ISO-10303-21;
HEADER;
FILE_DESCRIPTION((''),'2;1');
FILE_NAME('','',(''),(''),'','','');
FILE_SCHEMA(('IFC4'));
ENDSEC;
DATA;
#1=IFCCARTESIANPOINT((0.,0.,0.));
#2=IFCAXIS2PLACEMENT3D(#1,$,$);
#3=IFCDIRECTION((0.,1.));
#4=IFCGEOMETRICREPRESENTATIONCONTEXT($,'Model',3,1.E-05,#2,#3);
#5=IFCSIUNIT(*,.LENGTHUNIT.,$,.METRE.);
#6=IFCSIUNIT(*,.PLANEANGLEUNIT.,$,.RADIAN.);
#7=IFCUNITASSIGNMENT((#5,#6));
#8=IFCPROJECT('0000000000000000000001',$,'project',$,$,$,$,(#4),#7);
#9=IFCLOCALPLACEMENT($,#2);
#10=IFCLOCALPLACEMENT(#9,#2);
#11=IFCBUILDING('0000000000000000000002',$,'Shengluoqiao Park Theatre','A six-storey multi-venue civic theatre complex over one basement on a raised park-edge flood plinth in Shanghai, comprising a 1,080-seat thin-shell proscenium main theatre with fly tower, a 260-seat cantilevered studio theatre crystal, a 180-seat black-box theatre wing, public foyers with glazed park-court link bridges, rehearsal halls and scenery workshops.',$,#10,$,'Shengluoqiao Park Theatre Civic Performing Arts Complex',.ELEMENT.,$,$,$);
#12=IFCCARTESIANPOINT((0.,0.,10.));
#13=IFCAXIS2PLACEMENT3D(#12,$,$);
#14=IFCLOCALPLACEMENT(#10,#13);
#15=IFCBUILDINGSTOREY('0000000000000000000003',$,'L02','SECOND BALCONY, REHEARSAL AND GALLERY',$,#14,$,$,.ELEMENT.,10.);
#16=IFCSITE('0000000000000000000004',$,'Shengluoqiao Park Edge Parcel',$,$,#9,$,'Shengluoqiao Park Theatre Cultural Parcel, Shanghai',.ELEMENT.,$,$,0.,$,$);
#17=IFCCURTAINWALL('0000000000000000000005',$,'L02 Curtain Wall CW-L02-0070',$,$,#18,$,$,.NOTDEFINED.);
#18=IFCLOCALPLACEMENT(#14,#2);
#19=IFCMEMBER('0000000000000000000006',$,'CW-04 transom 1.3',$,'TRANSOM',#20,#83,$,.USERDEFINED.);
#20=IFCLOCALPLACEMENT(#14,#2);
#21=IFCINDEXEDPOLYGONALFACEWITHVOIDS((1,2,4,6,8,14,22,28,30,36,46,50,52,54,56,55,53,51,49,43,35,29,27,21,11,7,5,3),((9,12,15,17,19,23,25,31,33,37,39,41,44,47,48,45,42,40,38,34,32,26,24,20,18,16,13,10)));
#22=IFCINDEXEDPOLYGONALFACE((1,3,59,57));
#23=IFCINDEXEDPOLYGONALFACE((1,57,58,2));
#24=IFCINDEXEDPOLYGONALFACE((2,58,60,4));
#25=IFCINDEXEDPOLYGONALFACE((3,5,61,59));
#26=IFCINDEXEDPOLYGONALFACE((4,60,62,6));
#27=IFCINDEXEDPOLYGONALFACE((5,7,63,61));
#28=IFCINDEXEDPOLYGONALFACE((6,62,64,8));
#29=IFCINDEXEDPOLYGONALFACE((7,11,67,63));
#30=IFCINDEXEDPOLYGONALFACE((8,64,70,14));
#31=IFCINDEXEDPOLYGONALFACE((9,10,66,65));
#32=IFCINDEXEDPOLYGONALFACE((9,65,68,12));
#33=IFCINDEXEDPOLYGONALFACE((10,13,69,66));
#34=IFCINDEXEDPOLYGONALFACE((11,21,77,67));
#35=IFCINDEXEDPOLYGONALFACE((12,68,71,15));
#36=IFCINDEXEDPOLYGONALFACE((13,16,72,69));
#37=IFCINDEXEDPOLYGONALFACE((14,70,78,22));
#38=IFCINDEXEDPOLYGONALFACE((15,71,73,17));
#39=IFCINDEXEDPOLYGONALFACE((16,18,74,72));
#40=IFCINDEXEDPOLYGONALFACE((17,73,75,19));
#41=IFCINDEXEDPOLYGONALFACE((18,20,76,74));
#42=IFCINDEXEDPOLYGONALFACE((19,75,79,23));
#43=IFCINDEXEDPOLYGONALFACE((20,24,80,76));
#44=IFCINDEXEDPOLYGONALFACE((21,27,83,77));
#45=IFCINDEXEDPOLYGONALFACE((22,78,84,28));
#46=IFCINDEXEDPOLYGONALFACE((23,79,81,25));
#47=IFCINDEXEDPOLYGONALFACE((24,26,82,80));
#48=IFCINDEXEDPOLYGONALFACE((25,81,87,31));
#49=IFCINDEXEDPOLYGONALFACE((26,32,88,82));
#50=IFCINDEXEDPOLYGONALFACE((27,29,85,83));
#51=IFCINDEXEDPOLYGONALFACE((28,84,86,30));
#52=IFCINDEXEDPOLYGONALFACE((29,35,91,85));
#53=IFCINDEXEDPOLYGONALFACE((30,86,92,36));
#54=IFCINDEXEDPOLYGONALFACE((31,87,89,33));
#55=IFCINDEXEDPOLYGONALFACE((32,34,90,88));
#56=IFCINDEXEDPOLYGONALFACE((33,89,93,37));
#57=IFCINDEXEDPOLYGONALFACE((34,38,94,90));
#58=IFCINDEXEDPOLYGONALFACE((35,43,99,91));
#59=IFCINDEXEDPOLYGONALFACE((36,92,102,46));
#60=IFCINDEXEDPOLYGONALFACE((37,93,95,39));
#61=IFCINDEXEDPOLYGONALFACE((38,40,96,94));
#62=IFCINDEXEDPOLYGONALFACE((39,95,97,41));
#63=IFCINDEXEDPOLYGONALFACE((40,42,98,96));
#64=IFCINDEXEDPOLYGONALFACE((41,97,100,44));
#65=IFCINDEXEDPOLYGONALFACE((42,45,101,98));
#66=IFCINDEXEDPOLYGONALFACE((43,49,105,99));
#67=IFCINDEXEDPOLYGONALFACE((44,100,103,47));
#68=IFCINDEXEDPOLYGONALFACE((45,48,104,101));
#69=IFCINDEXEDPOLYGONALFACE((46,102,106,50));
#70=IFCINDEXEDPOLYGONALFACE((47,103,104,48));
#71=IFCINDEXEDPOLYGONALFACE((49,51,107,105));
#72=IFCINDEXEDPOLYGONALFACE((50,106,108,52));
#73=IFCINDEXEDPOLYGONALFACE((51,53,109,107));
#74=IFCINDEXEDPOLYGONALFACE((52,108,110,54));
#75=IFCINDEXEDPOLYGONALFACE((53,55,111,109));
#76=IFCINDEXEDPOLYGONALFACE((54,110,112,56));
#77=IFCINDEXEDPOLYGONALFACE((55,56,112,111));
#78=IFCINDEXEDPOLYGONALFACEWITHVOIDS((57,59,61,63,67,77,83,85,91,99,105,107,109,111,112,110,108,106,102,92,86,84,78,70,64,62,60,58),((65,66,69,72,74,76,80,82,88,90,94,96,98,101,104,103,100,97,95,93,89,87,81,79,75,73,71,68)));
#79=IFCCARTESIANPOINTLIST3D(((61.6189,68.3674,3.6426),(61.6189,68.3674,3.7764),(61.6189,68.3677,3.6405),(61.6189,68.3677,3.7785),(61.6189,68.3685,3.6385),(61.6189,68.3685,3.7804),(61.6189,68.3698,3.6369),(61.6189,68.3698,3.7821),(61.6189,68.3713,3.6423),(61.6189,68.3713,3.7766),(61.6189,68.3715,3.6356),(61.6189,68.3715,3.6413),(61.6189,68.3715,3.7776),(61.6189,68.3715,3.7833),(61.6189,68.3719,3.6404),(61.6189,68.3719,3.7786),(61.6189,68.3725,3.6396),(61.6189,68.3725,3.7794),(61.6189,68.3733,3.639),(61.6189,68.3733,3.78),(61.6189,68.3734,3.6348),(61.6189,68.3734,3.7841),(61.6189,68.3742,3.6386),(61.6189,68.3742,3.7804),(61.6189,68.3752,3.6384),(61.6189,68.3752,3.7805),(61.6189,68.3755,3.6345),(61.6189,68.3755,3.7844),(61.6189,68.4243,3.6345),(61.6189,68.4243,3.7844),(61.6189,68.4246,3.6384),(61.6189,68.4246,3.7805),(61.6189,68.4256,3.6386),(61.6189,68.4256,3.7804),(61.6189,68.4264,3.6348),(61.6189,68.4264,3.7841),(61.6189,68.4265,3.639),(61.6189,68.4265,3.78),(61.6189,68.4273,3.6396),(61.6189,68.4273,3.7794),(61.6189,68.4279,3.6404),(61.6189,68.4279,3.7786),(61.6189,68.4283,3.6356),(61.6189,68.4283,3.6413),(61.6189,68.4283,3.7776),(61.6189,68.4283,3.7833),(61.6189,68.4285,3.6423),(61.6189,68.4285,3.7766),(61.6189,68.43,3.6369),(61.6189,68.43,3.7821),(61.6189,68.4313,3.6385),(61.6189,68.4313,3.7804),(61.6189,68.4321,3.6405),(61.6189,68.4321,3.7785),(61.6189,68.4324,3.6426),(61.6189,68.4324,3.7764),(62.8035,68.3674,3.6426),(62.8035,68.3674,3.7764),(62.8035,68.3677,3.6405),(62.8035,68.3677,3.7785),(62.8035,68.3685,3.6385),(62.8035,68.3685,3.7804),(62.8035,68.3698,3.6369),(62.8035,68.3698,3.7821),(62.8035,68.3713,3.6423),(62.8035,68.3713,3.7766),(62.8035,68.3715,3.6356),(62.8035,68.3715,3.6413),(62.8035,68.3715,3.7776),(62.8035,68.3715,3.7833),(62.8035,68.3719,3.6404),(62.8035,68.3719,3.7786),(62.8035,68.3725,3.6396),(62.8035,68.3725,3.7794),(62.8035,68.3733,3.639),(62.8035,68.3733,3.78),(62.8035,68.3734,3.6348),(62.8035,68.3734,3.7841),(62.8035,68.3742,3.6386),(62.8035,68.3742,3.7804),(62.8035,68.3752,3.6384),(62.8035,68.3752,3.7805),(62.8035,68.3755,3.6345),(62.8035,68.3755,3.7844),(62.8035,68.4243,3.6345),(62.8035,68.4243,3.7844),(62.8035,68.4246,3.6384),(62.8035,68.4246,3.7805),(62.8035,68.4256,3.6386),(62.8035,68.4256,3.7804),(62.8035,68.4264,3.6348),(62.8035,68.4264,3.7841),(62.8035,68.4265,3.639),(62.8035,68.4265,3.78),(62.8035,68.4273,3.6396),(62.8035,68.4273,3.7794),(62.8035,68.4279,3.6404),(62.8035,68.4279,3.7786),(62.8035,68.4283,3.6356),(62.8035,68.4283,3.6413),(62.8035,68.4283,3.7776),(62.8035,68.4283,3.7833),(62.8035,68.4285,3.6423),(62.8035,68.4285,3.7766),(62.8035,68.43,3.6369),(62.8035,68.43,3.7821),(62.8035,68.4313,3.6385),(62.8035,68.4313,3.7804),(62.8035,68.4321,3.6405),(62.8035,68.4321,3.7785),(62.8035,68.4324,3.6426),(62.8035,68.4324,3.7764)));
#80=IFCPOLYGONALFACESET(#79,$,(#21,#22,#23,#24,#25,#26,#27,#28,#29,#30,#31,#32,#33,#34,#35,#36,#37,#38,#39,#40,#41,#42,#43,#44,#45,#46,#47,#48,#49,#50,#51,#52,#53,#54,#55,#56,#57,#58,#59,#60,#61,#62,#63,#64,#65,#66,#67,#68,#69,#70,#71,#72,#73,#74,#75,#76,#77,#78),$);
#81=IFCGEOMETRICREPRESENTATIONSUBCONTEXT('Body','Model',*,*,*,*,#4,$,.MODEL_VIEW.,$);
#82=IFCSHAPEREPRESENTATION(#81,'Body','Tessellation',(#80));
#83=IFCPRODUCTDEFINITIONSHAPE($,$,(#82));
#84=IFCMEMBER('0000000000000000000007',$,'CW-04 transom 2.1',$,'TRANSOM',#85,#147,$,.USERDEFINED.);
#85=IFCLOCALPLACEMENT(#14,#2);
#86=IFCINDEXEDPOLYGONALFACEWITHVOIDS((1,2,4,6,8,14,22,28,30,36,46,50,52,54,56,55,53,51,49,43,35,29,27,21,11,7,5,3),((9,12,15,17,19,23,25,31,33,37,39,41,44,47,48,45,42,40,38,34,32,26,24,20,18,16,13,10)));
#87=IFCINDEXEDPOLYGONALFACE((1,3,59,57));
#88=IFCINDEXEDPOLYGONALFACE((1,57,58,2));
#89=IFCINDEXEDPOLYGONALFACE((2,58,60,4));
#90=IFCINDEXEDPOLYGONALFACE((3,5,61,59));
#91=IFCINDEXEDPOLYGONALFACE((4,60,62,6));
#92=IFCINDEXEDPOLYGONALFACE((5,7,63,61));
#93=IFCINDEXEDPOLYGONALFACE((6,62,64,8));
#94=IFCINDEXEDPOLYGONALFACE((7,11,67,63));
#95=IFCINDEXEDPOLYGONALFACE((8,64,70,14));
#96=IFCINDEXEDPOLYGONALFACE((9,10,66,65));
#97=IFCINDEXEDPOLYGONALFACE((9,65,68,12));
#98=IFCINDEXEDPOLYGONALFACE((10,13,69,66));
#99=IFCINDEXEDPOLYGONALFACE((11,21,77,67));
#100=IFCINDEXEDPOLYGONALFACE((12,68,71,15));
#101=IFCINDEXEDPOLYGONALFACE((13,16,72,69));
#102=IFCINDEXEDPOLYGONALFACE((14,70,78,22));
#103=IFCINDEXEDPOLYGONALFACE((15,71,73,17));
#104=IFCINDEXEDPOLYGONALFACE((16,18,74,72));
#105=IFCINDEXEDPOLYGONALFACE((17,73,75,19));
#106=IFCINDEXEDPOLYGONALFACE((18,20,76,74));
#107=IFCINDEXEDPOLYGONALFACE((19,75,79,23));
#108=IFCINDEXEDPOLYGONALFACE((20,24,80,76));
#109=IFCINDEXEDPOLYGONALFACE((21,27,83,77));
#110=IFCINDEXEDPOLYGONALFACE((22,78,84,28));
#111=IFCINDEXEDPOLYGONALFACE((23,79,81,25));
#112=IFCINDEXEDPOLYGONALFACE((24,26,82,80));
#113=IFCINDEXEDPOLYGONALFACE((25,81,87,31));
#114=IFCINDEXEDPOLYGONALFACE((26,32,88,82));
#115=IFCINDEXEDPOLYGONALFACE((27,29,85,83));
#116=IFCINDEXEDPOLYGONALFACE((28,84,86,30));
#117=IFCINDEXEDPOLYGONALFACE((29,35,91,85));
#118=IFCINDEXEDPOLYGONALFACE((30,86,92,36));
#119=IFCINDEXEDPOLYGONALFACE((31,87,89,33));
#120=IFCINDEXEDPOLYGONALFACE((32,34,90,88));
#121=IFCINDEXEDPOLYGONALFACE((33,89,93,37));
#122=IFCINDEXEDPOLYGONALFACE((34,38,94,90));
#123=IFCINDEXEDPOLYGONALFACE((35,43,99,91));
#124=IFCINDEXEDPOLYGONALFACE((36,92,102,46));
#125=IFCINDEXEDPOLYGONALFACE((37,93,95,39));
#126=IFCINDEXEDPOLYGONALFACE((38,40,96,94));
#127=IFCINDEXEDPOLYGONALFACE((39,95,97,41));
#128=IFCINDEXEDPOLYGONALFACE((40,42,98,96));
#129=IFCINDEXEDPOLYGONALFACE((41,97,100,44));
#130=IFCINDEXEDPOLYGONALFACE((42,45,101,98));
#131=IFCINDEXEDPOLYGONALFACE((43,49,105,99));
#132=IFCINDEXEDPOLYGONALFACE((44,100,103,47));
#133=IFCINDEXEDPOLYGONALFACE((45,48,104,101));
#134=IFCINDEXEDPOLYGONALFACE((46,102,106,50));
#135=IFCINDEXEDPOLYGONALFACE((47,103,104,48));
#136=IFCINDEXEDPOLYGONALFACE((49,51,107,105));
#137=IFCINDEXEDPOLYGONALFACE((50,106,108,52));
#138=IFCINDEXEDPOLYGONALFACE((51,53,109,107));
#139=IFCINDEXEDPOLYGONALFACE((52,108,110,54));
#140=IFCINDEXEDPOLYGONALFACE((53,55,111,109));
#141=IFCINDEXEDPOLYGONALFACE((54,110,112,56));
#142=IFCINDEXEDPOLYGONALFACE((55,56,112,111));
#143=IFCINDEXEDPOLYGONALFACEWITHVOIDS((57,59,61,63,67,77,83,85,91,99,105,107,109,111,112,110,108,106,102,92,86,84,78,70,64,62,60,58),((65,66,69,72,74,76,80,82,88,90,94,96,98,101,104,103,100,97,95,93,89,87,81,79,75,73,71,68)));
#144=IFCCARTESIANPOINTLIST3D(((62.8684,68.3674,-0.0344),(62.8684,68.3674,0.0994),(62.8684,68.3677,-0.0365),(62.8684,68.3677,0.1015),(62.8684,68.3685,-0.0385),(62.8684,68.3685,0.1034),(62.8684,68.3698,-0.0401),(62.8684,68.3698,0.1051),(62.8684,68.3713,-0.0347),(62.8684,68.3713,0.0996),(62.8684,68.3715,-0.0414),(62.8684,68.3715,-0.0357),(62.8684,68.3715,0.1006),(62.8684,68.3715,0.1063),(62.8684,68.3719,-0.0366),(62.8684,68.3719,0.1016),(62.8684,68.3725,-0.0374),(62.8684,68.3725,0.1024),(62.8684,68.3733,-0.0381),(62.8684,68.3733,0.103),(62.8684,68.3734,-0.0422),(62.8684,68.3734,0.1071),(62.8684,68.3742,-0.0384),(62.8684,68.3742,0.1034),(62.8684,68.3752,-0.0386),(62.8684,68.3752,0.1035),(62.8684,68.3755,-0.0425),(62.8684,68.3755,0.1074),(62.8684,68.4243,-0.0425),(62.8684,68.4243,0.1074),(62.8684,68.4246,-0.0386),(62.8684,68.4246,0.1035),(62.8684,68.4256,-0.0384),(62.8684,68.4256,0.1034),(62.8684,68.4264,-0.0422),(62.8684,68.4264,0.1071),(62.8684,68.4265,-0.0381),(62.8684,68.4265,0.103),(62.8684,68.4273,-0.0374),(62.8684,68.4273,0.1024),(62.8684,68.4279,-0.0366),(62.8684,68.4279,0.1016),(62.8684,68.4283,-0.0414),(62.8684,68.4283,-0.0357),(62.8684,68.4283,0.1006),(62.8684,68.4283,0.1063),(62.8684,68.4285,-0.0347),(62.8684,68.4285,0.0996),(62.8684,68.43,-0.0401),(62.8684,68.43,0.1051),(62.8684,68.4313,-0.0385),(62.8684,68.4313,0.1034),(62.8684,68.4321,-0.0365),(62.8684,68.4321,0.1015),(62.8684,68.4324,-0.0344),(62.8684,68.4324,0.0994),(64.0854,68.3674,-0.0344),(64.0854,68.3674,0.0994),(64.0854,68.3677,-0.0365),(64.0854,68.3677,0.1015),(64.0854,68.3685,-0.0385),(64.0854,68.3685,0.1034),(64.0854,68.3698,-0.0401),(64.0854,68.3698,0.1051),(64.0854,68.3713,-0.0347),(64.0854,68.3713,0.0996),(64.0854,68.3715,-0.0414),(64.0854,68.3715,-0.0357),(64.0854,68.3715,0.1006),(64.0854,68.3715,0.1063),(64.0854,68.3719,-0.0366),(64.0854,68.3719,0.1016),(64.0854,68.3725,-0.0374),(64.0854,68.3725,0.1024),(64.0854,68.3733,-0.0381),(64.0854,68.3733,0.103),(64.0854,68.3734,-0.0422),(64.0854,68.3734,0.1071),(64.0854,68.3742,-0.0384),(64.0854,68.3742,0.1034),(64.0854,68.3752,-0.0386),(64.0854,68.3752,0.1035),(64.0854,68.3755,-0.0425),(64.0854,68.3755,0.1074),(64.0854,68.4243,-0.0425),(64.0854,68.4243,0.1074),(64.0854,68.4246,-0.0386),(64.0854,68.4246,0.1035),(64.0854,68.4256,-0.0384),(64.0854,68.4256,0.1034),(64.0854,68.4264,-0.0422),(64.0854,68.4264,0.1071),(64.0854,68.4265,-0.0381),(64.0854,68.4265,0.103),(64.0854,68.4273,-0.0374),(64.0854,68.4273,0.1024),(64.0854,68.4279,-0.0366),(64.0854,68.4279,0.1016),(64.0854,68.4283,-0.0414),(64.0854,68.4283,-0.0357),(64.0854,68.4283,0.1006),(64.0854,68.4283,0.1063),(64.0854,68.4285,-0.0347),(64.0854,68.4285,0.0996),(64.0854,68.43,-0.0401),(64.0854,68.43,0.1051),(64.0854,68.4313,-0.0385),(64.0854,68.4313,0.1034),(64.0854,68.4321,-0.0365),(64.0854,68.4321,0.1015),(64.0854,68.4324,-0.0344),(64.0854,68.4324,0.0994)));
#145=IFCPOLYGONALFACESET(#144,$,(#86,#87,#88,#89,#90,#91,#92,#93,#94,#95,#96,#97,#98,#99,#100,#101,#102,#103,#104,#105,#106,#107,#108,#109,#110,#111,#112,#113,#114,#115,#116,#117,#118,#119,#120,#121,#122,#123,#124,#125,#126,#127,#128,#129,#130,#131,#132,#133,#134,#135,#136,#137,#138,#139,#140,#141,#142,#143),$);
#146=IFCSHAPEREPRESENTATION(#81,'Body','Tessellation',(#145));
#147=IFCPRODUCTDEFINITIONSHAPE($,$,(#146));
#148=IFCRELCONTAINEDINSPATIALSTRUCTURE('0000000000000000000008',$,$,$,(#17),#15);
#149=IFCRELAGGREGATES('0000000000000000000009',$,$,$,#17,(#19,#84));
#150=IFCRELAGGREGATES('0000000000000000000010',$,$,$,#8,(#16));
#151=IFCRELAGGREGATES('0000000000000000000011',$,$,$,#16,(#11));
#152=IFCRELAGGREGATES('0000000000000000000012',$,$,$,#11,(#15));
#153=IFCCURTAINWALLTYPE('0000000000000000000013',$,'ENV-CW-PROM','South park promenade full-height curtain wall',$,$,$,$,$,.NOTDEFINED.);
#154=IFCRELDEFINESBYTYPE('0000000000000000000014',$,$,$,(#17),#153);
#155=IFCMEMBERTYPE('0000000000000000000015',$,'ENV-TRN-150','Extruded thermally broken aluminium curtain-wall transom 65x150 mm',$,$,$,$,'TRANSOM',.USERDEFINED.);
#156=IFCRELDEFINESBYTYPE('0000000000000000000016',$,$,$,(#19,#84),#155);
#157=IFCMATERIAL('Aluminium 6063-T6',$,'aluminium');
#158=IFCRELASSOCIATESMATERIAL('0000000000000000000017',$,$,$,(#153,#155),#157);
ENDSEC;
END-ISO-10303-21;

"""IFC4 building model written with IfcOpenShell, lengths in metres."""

from ifc_helpers import new_model, si_unit, direction, frame, origin, origin_2d, place, context, subcontext, project, spatial, hollow_rectangle, extrude, material, material_profile, profile_set, type_object, element, aggregate, save


model = new_model("IFC4")

# Units and contexts
model_context = context("Model", 3, precision=1e-05, world=origin(), true_north=direction((0.0, 1.0)))
body_context = subcontext(model_context, "Body", "Model", "MODEL_VIEW")
ifc_project = project(units=[si_unit("LENGTHUNIT", "METRE"), si_unit("PLANEANGLEUNIT", "RADIAN")], contexts=[model_context])

# Site, building, storey
site_placement = place(None, origin())
site = spatial("IfcSite", under=ifc_project, at=site_placement, Name="Shengluoqiao Park Edge Parcel", LongName="Shengluoqiao Park Theatre Cultural Parcel, Shanghai", CompositionType="ELEMENT", RefElevation=0.0)
building_placement = place(site_placement, origin())
building = spatial("IfcBuilding", under=site, at=building_placement, Name="Shengluoqiao Park Theatre", Description="A six-storey multi-venue civic theatre complex over one basement on a raised park-edge flood plinth in Shanghai, comprising a 1,080-seat thin-shell proscenium main theatre with fly tower, a 260-seat cantilevered studio theatre crystal, a 180-seat black-box theatre wing, public foyers with glazed park-court link bridges, rehearsal halls and scenery workshops.", LongName="Shengluoqiao Park Theatre Civic Performing Arts Complex", CompositionType="ELEMENT")
storey_placement = place(building_placement, frame((0.0, 0.0, 10.0)))
storey = spatial("IfcBuildingStorey", under=building, at=storey_placement, Name="L02", Description="SECOND BALCONY, REHEARSAL AND GALLERY", CompositionType="ELEMENT", Elevation=10.0)

# Curtain wall
ifc_material_1 = material(Name="Aluminium 6063-T6", Category="aluminium")
curtain_wall_type = type_object("IfcCurtainWallType", Name="ENV-CW-PROM", Description="South park promenade full-height curtain wall", PredefinedType="NOTDEFINED", material=ifc_material_1)
curtain_wall_1_placement = place(storey_placement, origin())
curtain_wall_1 = element("IfcCurtainWall", 1, at=curtain_wall_1_placement, inside=storey, type_object=curtain_wall_type, Name="L02 Curtain Wall CW-L02-0070", PredefinedType="NOTDEFINED")

# Members
ifc_material_profile_1 = material_profile(ifc_material_1, hollow_rectangle(XDim=0.0649, YDim=0.1499, WallThickness=0.0039, InnerFilletRadius=0.0039, OuterFilletRadius=0.0081, at=origin_2d()), Name="ALU TRANSOM 150x65x4")
ifc_profile_set_1 = profile_set([ifc_material_profile_1], Name="Aluminium 6063-T6")
member_type_1 = type_object("IfcMemberType", Name="ENV-TRN-150", Description="Extruded thermally broken aluminium curtain-wall transom 65x150 mm", ElementType="TRANSOM", PredefinedType="USERDEFINED", material=ifc_profile_set_1)
member_1_placement = place(storey_placement, frame((61.6189, 68.3999, 3.7095), z_axis=(1.0, 0.0, 0.0), x_axis=(0.0, 1.0, 0.0)))
member_1 = element("IfcMember", 2, at=member_1_placement, type_object=member_type_1, Name="CW-04 transom 1.3", ObjectType="TRANSOM", PredefinedType="USERDEFINED", context=body_context, shape_type="SweptSolid", body=[
    extrude(hollow_rectangle(XDim=0.0649, YDim=0.1499, WallThickness=0.0039, InnerFilletRadius=0.0039, OuterFilletRadius=0.0081, at=origin_2d()), origin(), (0.0, 0.0, 1.0), 1.1846),
])
member_2_placement = place(storey_placement, frame((62.8684, 68.3999, 0.0325), z_axis=(1.0, 0.0, 0.0), x_axis=(0.0, 1.0, 0.0)))
member_2 = element("IfcMember", 3, at=member_2_placement, type_object=member_type_1, Name="CW-04 transom 2.1", ObjectType="TRANSOM", PredefinedType="USERDEFINED", context=body_context, shape_type="SweptSolid", body=[
    extrude(hollow_rectangle(XDim=0.0649, YDim=0.1499, WallThickness=0.0039, InnerFilletRadius=0.0039, OuterFilletRadius=0.0081, at=origin_2d()), origin(), (0.0, 0.0, 1.0), 1.217),
])

aggregate(curtain_wall_1, [member_1, member_2])

save(model, "model.ifc")
